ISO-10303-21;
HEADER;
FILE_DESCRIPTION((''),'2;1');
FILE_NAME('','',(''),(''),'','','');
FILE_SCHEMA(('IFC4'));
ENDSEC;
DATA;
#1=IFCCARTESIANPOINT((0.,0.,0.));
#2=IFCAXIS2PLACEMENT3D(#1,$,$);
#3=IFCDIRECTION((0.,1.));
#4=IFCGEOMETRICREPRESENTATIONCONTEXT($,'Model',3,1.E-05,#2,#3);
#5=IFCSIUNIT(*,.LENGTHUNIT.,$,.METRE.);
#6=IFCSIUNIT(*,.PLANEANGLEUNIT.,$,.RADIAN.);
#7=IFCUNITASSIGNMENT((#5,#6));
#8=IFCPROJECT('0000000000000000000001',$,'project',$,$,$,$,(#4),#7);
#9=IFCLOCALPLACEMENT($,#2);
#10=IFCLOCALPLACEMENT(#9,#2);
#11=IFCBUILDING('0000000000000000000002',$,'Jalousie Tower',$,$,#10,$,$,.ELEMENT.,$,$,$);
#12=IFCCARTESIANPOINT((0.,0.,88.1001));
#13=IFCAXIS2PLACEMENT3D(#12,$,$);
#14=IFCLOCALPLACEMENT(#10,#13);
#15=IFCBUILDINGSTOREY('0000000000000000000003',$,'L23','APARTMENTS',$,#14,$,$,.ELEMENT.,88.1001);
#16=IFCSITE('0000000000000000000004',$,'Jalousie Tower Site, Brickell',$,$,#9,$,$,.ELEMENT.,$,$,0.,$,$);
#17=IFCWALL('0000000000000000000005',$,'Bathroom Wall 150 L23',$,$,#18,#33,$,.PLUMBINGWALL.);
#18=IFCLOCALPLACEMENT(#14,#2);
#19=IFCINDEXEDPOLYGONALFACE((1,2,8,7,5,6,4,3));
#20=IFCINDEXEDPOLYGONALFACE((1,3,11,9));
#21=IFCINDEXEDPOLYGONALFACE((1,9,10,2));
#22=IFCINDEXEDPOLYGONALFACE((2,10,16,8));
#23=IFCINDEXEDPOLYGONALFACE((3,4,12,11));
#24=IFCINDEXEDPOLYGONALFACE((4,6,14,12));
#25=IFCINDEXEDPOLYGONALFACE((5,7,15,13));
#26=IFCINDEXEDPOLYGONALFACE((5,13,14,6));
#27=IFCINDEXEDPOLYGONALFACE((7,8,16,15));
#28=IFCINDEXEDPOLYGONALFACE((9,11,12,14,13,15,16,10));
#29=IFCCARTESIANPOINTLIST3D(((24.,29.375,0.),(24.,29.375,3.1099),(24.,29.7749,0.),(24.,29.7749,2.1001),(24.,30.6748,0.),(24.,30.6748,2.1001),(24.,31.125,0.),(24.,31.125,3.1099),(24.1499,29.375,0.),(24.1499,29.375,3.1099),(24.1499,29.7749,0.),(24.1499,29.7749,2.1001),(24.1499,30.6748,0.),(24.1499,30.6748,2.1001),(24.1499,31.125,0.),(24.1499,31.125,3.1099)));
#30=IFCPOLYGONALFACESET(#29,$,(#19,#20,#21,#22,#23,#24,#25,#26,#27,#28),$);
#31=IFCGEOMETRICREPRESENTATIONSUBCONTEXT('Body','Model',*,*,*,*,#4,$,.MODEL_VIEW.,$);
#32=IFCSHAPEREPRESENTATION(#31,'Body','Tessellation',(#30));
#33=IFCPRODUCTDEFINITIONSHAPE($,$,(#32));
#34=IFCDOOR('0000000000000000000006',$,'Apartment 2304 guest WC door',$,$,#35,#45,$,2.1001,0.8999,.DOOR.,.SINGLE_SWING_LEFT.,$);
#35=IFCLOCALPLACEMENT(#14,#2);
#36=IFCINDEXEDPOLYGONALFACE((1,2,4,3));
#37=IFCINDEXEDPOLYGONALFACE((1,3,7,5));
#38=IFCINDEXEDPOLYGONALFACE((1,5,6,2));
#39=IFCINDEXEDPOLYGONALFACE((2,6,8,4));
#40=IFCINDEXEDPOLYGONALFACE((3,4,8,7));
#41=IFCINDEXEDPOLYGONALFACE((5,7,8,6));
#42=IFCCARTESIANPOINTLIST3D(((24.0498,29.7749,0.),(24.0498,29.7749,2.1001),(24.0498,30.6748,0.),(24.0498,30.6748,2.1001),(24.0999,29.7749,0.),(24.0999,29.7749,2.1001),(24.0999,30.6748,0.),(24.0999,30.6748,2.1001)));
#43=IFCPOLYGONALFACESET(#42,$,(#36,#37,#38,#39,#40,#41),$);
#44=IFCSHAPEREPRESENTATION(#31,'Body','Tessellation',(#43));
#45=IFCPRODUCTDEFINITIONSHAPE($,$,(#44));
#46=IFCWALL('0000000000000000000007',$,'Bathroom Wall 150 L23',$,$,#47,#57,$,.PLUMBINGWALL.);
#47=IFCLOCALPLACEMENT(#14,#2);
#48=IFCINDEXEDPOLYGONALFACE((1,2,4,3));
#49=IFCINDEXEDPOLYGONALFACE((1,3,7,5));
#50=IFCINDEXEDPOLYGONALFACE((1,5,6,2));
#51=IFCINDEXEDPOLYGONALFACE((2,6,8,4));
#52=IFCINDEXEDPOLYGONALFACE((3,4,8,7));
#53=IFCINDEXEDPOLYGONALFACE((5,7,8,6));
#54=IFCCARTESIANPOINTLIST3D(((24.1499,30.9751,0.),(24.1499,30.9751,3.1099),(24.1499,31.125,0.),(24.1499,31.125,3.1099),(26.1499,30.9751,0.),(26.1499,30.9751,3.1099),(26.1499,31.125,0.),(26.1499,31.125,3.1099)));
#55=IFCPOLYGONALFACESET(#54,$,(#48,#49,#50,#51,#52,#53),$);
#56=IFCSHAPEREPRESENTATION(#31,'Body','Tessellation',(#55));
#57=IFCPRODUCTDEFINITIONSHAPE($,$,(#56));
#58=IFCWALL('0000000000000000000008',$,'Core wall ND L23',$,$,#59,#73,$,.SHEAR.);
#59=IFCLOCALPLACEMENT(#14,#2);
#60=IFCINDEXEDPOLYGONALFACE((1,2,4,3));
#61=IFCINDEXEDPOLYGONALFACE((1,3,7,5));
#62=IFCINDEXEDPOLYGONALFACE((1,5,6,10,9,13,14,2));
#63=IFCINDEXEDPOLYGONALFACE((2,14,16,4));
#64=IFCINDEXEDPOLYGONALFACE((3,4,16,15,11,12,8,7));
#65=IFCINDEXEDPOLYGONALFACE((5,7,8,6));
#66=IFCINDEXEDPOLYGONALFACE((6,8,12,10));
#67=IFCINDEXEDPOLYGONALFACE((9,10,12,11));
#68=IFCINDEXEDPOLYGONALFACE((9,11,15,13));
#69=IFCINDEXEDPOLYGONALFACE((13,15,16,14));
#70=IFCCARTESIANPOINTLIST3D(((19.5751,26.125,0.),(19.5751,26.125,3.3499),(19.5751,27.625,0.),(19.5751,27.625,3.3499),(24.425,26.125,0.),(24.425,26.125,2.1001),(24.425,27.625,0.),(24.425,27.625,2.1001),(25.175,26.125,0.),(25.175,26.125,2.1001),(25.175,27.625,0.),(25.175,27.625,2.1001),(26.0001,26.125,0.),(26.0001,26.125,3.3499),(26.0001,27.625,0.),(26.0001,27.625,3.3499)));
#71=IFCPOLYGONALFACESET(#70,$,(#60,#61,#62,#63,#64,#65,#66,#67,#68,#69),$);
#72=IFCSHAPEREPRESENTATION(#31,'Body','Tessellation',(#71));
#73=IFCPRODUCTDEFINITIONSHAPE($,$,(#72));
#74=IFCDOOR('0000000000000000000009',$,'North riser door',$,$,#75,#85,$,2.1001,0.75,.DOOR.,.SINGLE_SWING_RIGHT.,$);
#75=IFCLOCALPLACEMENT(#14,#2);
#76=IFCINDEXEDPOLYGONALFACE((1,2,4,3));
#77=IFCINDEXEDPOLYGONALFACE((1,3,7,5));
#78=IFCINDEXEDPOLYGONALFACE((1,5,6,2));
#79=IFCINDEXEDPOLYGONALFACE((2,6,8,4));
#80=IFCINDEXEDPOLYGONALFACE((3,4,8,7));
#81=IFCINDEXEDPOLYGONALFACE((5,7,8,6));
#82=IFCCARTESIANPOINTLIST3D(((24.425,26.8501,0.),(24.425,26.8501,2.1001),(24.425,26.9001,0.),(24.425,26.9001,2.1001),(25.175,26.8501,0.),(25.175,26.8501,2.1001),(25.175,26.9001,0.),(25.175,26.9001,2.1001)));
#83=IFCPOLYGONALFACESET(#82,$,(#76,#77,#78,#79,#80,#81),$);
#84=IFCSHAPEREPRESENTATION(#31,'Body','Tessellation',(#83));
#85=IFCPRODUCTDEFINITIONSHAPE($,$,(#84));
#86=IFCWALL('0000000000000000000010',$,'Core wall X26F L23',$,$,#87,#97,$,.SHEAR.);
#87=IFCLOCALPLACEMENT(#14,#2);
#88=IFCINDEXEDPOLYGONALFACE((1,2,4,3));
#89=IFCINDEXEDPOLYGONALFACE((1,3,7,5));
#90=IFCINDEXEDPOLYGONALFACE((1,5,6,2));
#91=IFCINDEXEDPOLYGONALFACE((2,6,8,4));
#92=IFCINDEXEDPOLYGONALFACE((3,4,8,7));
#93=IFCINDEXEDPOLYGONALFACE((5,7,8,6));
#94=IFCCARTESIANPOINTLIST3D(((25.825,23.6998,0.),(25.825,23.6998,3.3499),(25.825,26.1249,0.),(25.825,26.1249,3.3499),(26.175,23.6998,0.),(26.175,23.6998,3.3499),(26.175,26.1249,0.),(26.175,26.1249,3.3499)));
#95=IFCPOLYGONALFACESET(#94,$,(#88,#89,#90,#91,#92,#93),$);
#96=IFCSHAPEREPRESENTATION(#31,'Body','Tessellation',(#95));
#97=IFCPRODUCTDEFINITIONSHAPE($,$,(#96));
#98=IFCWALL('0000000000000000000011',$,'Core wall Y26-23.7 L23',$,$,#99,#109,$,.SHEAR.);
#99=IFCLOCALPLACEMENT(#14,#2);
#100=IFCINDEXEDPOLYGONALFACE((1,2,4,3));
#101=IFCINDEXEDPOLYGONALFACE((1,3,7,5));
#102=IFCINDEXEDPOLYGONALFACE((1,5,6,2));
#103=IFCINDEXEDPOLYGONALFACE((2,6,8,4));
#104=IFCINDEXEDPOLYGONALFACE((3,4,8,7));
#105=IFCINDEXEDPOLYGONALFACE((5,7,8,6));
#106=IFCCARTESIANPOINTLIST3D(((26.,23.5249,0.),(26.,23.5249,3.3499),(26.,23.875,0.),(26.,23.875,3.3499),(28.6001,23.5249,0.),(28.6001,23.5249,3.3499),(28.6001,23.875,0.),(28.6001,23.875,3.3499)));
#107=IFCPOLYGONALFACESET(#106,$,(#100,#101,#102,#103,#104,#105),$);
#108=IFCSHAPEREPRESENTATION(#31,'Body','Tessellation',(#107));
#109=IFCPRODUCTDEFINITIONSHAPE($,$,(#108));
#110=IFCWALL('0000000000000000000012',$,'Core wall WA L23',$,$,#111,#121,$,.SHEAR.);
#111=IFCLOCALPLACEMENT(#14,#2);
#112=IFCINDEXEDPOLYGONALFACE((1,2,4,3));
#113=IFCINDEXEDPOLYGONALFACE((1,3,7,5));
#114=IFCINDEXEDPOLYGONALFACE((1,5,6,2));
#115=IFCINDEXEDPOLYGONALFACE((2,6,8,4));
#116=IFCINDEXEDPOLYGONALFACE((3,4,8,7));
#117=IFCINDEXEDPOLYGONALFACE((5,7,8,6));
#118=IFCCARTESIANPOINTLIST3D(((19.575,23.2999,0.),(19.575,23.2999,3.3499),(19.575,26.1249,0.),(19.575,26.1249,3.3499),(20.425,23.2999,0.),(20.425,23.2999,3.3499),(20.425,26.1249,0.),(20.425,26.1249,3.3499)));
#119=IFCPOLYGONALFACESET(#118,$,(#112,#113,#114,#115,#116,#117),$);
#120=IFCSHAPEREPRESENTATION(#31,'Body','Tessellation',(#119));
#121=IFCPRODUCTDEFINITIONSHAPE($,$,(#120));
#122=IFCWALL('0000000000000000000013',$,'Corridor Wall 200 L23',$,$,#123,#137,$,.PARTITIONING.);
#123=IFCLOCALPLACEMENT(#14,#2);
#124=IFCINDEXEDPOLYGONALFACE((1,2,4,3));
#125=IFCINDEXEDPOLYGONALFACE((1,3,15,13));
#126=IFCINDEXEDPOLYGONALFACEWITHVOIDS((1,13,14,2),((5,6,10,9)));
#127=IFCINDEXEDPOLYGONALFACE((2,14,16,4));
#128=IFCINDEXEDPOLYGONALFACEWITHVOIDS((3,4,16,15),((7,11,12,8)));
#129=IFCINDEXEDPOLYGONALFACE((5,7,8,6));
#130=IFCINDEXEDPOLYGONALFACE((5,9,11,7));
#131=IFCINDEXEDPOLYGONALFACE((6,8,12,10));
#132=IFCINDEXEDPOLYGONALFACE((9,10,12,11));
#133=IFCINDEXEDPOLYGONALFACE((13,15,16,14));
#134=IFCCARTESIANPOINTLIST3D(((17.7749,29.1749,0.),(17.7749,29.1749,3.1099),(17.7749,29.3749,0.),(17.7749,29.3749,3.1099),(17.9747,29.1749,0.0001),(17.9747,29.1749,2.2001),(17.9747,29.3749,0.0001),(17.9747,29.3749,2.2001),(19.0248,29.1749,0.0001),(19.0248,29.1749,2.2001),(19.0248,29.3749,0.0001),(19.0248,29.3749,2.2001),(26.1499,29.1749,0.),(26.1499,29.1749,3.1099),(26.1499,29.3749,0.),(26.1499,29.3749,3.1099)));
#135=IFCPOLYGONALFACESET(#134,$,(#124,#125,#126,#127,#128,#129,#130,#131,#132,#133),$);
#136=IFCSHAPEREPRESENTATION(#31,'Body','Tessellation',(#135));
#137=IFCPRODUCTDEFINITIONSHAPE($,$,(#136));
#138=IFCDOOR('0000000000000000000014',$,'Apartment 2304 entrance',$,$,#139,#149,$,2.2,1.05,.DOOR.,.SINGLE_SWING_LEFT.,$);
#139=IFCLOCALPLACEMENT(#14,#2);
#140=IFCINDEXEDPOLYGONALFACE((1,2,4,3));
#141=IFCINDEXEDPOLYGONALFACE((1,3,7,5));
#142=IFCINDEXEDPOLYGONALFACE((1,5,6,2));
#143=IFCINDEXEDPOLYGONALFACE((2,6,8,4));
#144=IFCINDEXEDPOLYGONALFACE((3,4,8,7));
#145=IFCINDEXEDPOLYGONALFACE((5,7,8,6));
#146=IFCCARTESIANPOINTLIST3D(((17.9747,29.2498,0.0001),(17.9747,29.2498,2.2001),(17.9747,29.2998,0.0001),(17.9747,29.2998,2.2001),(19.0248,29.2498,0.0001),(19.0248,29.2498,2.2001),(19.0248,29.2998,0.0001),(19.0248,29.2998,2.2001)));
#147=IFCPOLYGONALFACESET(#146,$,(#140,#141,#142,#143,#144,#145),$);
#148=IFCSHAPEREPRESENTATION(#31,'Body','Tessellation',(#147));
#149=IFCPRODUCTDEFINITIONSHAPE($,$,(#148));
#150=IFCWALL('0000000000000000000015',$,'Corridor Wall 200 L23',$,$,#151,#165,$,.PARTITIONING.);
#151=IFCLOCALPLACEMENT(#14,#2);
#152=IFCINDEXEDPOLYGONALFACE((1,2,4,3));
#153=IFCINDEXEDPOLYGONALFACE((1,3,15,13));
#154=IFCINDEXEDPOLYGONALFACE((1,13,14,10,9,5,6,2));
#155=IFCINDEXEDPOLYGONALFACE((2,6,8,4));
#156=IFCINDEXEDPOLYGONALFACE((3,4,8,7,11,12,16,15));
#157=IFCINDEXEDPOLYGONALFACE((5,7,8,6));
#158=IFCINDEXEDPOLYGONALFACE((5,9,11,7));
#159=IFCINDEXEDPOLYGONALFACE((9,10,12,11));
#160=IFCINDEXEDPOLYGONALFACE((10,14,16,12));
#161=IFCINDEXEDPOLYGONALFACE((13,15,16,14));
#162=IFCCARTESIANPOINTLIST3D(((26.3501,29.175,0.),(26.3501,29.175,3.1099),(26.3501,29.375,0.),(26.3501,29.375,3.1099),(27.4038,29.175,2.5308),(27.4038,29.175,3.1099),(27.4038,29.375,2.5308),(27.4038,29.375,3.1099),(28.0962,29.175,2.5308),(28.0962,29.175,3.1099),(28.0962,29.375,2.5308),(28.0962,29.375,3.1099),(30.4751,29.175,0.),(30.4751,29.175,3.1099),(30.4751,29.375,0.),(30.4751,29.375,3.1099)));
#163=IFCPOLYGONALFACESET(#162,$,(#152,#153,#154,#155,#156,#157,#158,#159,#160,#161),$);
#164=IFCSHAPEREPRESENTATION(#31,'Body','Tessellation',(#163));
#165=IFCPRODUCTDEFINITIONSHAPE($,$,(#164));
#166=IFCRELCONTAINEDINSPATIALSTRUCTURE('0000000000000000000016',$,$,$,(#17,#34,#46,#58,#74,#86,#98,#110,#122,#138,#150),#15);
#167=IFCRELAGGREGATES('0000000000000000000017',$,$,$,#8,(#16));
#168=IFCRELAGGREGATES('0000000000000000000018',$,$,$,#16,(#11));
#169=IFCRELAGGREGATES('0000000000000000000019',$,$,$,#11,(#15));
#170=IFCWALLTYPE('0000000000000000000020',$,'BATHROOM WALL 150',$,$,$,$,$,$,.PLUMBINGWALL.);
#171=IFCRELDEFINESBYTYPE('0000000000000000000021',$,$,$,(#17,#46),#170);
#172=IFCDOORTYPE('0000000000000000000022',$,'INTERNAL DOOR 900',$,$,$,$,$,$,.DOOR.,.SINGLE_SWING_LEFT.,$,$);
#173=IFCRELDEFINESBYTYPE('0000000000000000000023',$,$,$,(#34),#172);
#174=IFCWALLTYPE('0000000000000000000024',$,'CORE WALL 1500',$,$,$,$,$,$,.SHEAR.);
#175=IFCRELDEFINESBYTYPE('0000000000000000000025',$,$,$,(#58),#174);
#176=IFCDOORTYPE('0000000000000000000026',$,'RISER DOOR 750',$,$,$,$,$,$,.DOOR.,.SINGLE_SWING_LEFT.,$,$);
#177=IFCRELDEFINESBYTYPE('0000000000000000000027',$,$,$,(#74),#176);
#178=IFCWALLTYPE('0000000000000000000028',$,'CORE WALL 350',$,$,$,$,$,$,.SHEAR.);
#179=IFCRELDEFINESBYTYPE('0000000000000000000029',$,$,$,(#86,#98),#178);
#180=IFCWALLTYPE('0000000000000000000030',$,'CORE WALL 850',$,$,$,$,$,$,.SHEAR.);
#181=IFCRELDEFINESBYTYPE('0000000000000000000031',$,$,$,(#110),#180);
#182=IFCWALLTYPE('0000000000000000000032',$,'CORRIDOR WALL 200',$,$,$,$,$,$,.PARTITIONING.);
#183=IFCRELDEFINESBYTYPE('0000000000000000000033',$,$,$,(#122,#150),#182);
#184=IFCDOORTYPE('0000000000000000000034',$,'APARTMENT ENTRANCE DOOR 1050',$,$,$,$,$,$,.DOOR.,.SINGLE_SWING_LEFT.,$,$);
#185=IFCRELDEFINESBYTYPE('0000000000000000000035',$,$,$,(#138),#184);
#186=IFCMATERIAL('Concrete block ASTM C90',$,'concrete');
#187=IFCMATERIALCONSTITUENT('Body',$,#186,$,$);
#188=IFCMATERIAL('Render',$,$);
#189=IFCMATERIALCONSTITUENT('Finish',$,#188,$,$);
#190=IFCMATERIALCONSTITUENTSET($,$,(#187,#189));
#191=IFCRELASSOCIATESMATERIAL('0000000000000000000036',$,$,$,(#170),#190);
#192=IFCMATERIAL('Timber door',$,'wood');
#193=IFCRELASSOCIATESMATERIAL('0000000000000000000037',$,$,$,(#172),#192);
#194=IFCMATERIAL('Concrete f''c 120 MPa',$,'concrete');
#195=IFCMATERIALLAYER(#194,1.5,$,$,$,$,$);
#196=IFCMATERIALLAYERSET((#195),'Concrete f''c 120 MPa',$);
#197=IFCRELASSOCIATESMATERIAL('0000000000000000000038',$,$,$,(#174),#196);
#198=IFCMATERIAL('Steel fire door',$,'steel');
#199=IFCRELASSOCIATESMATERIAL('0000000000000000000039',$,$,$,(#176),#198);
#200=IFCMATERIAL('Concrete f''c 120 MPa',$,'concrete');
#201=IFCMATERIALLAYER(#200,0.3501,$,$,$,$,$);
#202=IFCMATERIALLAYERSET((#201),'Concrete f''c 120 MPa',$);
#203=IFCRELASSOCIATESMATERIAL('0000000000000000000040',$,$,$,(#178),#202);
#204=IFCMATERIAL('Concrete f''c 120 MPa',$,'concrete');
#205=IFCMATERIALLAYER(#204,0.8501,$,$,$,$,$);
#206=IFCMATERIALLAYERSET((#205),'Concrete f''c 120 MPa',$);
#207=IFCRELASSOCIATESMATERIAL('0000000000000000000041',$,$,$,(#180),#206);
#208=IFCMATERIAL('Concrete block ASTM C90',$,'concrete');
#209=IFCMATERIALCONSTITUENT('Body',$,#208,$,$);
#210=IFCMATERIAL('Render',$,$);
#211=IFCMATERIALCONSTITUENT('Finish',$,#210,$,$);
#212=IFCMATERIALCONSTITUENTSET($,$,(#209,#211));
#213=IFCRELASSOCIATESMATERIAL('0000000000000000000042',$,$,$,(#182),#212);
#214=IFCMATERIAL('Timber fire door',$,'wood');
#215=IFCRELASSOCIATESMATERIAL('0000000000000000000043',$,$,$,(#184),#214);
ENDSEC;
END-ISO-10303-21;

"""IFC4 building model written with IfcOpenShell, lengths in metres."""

from ifc_helpers import new_model, si_unit, direction, frame, frame_2d, origin, place, context, subcontext, project, spatial, polyline, rectangle, outline, extrude, material, layer, layer_set, constituent, constituent_set, type_object, element, fill, save


model = new_model("IFC4")

# Units and contexts
model_context = context("Model", 3, precision=1e-05, world=origin(), true_north=direction((0.0, 1.0)))
body_context = subcontext(model_context, "Body", "Model", "MODEL_VIEW")
ifc_project = project(units=[si_unit("LENGTHUNIT", "METRE"), si_unit("PLANEANGLEUNIT", "RADIAN")], contexts=[model_context])

# Site, building, storey
site_placement = place(None, origin())
site = spatial("IfcSite", under=ifc_project, at=site_placement, Name="Jalousie Tower Site, Brickell", CompositionType="ELEMENT", RefElevation=0.0)
building_placement = place(site_placement, origin())
building = spatial("IfcBuilding", under=site, at=building_placement, Name="Jalousie Tower", CompositionType="ELEMENT")
storey_placement = place(building_placement, frame((0.0, 0.0, 88.1001)))
storey = spatial("IfcBuildingStorey", under=building, at=storey_placement, Name="L23", Description="APARTMENTS", CompositionType="ELEMENT", Elevation=88.1001)

# Wall, opening, door
ifc_material_1 = material(Name="Concrete block ASTM C90", Category="concrete")
ifc_constituent_1 = constituent(ifc_material_1, Name="Body")
ifc_material_2 = material(Name="Render")
ifc_constituent_2 = constituent(ifc_material_2, Name="Finish")
ifc_constituent_set_1 = constituent_set(constituents=[ifc_constituent_1, ifc_constituent_2])
wall_type_1 = type_object("IfcWallType", Name="BATHROOM WALL 150", PredefinedType="PLUMBINGWALL", material=ifc_constituent_set_1)
wall_1_placement = place(storey_placement, frame((24.075, 29.375, 0.0), z_axis=(0.0, 0.0, 1.0), x_axis=(0.0, 1.0, 0.0)))
wall_1 = element("IfcWall", 1, at=wall_1_placement, inside=storey, type_object=wall_type_1, Name="Bathroom Wall 150 L23", PredefinedType="PLUMBINGWALL", context=body_context, shape_type="SweptSolid", body=[
    extrude(rectangle(XDim=1.75, YDim=0.1499, at=frame_2d((0.875, 0.0))), origin(), (0.0, 0.0, 1.0), 3.1099),
])
opening_1_placement = place(wall_1_placement, frame((0.3999, 0.0, 0.0)))
opening_1 = element("IfcOpeningElement", 2, at=opening_1_placement, cuts=wall_1, PredefinedType="OPENING", context=body_context, shape_type="SweptSolid", body=[
    extrude(rectangle(XDim=0.8999, YDim=2.1001, at=frame_2d((0.45, 1.05))), frame((0.0, 0.085, 0.0), z_axis=(0.0, -1.0, 0.0), x_axis=(1.0, 0.0, 0.0)), (0.0, 0.0, 1.0), 0.1699),
])
ifc_material_3 = material(Name="Timber door", Category="wood")
door_type_1 = type_object("IfcDoorType", Name="INTERNAL DOOR 900", OperationType="SINGLE_SWING_LEFT", PredefinedType="DOOR", material=ifc_material_3)
door_1_placement = place(opening_1_placement, frame((0.8999, 0.0, 0.0), z_axis=(0.0, 0.0, 1.0), x_axis=(-1.0, 0.0, 0.0)))
door_1 = element("IfcDoor", 3, at=door_1_placement, inside=storey, type_object=door_type_1, Name="Apartment 2304 guest WC door", OperationType="SINGLE_SWING_LEFT", OverallHeight=2.1001, OverallWidth=0.8999, PredefinedType="DOOR", context=body_context, shape_type="SweptSolid", body=[
    extrude(rectangle(XDim=0.8999, YDim=2.1001, at=frame_2d((0.45, 1.05))), frame((0.0, 0.0249, 0.0), z_axis=(0.0, -1.0, 0.0), x_axis=(1.0, 0.0, 0.0)), (0.0, 0.0, 1.0), 0.05),
])
fill(opening_1, door_1)

# Wall
wall_2_placement = place(storey_placement, frame((26.1499, 31.05, 0.0), z_axis=(0.0, 0.0, 1.0), x_axis=(-1.0, 0.0, 0.0)))
element("IfcWall", 4, at=wall_2_placement, inside=storey, type_object=wall_type_1, Name="Bathroom Wall 150 L23", PredefinedType="PLUMBINGWALL", context=body_context, shape_type="SweptSolid", body=[
    extrude(rectangle(XDim=2.0, YDim=0.1499, at=frame_2d((1.0, 0.0))), origin(), (0.0, 0.0, 1.0), 3.1099),
])

# Wall, opening, door
ifc_material_4 = material(Name="Concrete f'c 120 MPa", Category="concrete")
ifc_layer_1 = layer(ifc_material_4, 1.5)
ifc_layer_set_1 = layer_set([ifc_layer_1], Name="Concrete f'c 120 MPa")
wall_type_2 = type_object("IfcWallType", Name="CORE WALL 1500", PredefinedType="SHEAR", material=ifc_layer_set_1)
wall_3_placement = place(storey_placement, frame((26.0, 26.875, 0.0), z_axis=(0.0, 0.0, 1.0), x_axis=(-1.0, 0.0, 0.0)))
wall_3 = element("IfcWall", 5, at=wall_3_placement, inside=storey, type_object=wall_type_2, Name="Core wall ND L23", PredefinedType="SHEAR", context=body_context, shape_type="SweptSolid", body=[
    extrude(rectangle(XDim=6.425, YDim=1.5, at=frame_2d((3.2124, 0.0))), origin(), (0.0, 0.0, 1.0), 3.3499),
])
opening_2_placement = place(wall_3_placement, frame((0.825, 0.0, 0.0)))
opening_2 = element("IfcOpeningElement", 6, at=opening_2_placement, cuts=wall_3, PredefinedType="OPENING", context=body_context, shape_type="SweptSolid", body=[
    extrude(rectangle(XDim=0.75, YDim=2.1001, at=frame_2d((0.375, 1.05))), frame((0.0, 0.76, 0.0), z_axis=(0.0, -1.0, 0.0), x_axis=(1.0, 0.0, 0.0)), (0.0, 0.0, 1.0), 1.52),
])
ifc_material_5 = material(Name="Steel fire door", Category="steel")
door_type_2 = type_object("IfcDoorType", Name="RISER DOOR 750", OperationType="SINGLE_SWING_LEFT", PredefinedType="DOOR", material=ifc_material_5)
door_2_placement = place(opening_2_placement, origin())
door_2 = element("IfcDoor", 7, at=door_2_placement, inside=storey, type_object=door_type_2, Name="North riser door", OperationType="SINGLE_SWING_RIGHT", OverallHeight=2.1001, OverallWidth=0.75, PredefinedType="DOOR", context=body_context, shape_type="SweptSolid", body=[
    extrude(rectangle(XDim=0.75, YDim=2.1001, at=frame_2d((0.375, 1.05))), frame((0.0, 0.0249, 0.0), z_axis=(0.0, -1.0, 0.0), x_axis=(1.0, 0.0, 0.0)), (0.0, 0.0, 1.0), 0.05),
])
fill(opening_2, door_2)

# Walls
ifc_material_6 = material(Name="Concrete f'c 120 MPa", Category="concrete")
ifc_layer_2 = layer(ifc_material_6, 0.3501)
ifc_layer_set_2 = layer_set([ifc_layer_2], Name="Concrete f'c 120 MPa")
wall_type_3 = type_object("IfcWallType", Name="CORE WALL 350", PredefinedType="SHEAR", material=ifc_layer_set_2)
wall_4_placement = place(storey_placement, frame((26.0, 23.7, 0.0), z_axis=(0.0, 0.0, 1.0), x_axis=(0.0, 1.0, 0.0)))
element("IfcWall", 8, at=wall_4_placement, inside=storey, type_object=wall_type_3, Name="Core wall X26F L23", PredefinedType="SHEAR", context=body_context, shape_type="SweptSolid", body=[
    extrude(rectangle(XDim=2.425, YDim=0.3501, at=frame_2d((1.2124, 0.0))), origin(), (0.0, 0.0, 1.0), 3.3499),
])
wall_5_placement = place(storey_placement, frame((26.0, 23.7, 0.0), z_axis=(0.0, 0.0, 1.0), x_axis=(1.0, 0.0, 0.0)))
element("IfcWall", 9, at=wall_5_placement, inside=storey, type_object=wall_type_3, Name="Core wall Y26-23.7 L23", PredefinedType="SHEAR", context=body_context, shape_type="SweptSolid", body=[
    extrude(rectangle(XDim=2.6001, YDim=0.3501, at=frame_2d((1.3, 0.0))), origin(), (0.0, 0.0, 1.0), 3.3499),
])
ifc_material_7 = material(Name="Concrete f'c 120 MPa", Category="concrete")
ifc_layer_3 = layer(ifc_material_7, 0.8501)
ifc_layer_set_3 = layer_set([ifc_layer_3], Name="Concrete f'c 120 MPa")
wall_type_4 = type_object("IfcWallType", Name="CORE WALL 850", PredefinedType="SHEAR", material=ifc_layer_set_3)
wall_6_placement = place(storey_placement, frame((20.0, 26.125, 0.0), z_axis=(0.0, 0.0, 1.0), x_axis=(0.0, -1.0, 0.0)))
element("IfcWall", 10, at=wall_6_placement, inside=storey, type_object=wall_type_4, Name="Core wall WA L23", PredefinedType="SHEAR", context=body_context, shape_type="SweptSolid", body=[
    extrude(rectangle(XDim=2.825, YDim=0.8501, at=frame_2d((1.4126, 0.0))), origin(), (0.0, 0.0, 1.0), 3.3499),
])

# Wall, opening, door
ifc_material_8 = material(Name="Concrete block ASTM C90", Category="concrete")
ifc_constituent_3 = constituent(ifc_material_8, Name="Body")
ifc_material_9 = material(Name="Render")
ifc_constituent_4 = constituent(ifc_material_9, Name="Finish")
ifc_constituent_set_2 = constituent_set(constituents=[ifc_constituent_3, ifc_constituent_4])
wall_type_5 = type_object("IfcWallType", Name="CORRIDOR WALL 200", PredefinedType="PARTITIONING", material=ifc_constituent_set_2)
wall_7_placement = place(storey_placement, frame((17.7749, 29.2749, 0.0), z_axis=(0.0, 0.0, 1.0), x_axis=(1.0, 0.0, 0.0)))
wall_7 = element("IfcWall", 11, at=wall_7_placement, inside=storey, type_object=wall_type_5, Name="Corridor Wall 200 L23", PredefinedType="PARTITIONING", context=body_context, shape_type="SweptSolid", body=[
    extrude(rectangle(XDim=8.375, YDim=0.2, at=frame_2d((4.1875, 0.0))), origin(), (0.0, 0.0, 1.0), 3.1099),
])
opening_3_placement = place(wall_7_placement, frame((0.2, 0.0, 0.0)))
opening_3 = element("IfcOpeningElement", 12, at=opening_3_placement, cuts=wall_7, PredefinedType="OPENING", context=body_context, shape_type="SweptSolid", body=[
    extrude(rectangle(XDim=1.05, YDim=2.2, at=frame_2d((0.5249, 1.1001))), frame((0.0, 0.1099, 0.0), z_axis=(0.0, -1.0, 0.0), x_axis=(1.0, 0.0, 0.0)), (0.0, 0.0, 1.0), 0.22),
])
ifc_material_10 = material(Name="Timber fire door", Category="wood")
door_type_3 = type_object("IfcDoorType", Name="APARTMENT ENTRANCE DOOR 1050", OperationType="SINGLE_SWING_LEFT", PredefinedType="DOOR", material=ifc_material_10)
door_3_placement = place(opening_3_placement, origin())
door_3 = element("IfcDoor", 13, at=door_3_placement, inside=storey, type_object=door_type_3, Name="Apartment 2304 entrance", OperationType="SINGLE_SWING_LEFT", OverallHeight=2.2, OverallWidth=1.05, PredefinedType="DOOR", context=body_context, shape_type="SweptSolid", body=[
    extrude(rectangle(XDim=1.05, YDim=2.2, at=frame_2d((0.5249, 1.1001))), frame((0.0, 0.0249, 0.0), z_axis=(0.0, -1.0, 0.0), x_axis=(1.0, 0.0, 0.0)), (0.0, 0.0, 1.0), 0.05),
])
fill(opening_3, door_3)

# Wall
wall_8_placement = place(storey_placement, frame((26.3501, 29.2749, 0.0), z_axis=(0.0, 0.0, 1.0), x_axis=(1.0, 0.0, 0.0)))
element("IfcWall", 14, at=wall_8_placement, inside=storey, type_object=wall_type_5, Name="Corridor Wall 200 L23", PredefinedType="PARTITIONING", context=body_context, shape_type="SweptSolid", body=[
    extrude(outline(polyline([(0.0, 0.0), (4.125, 0.0), (4.125, 3.1099), (1.7461, 3.1099), (1.7461, 2.5308), (1.0537, 2.5308), (1.0537, 3.1099), (0.0, 3.1099), (0.0, 0.0)])), frame((0.0, 0.1001, 0.0), z_axis=(0.0, -1.0, 0.0), x_axis=(1.0, 0.0, 0.0)), (0.0, 0.0, 1.0), 0.2),
])

save(model, "model.ifc")
